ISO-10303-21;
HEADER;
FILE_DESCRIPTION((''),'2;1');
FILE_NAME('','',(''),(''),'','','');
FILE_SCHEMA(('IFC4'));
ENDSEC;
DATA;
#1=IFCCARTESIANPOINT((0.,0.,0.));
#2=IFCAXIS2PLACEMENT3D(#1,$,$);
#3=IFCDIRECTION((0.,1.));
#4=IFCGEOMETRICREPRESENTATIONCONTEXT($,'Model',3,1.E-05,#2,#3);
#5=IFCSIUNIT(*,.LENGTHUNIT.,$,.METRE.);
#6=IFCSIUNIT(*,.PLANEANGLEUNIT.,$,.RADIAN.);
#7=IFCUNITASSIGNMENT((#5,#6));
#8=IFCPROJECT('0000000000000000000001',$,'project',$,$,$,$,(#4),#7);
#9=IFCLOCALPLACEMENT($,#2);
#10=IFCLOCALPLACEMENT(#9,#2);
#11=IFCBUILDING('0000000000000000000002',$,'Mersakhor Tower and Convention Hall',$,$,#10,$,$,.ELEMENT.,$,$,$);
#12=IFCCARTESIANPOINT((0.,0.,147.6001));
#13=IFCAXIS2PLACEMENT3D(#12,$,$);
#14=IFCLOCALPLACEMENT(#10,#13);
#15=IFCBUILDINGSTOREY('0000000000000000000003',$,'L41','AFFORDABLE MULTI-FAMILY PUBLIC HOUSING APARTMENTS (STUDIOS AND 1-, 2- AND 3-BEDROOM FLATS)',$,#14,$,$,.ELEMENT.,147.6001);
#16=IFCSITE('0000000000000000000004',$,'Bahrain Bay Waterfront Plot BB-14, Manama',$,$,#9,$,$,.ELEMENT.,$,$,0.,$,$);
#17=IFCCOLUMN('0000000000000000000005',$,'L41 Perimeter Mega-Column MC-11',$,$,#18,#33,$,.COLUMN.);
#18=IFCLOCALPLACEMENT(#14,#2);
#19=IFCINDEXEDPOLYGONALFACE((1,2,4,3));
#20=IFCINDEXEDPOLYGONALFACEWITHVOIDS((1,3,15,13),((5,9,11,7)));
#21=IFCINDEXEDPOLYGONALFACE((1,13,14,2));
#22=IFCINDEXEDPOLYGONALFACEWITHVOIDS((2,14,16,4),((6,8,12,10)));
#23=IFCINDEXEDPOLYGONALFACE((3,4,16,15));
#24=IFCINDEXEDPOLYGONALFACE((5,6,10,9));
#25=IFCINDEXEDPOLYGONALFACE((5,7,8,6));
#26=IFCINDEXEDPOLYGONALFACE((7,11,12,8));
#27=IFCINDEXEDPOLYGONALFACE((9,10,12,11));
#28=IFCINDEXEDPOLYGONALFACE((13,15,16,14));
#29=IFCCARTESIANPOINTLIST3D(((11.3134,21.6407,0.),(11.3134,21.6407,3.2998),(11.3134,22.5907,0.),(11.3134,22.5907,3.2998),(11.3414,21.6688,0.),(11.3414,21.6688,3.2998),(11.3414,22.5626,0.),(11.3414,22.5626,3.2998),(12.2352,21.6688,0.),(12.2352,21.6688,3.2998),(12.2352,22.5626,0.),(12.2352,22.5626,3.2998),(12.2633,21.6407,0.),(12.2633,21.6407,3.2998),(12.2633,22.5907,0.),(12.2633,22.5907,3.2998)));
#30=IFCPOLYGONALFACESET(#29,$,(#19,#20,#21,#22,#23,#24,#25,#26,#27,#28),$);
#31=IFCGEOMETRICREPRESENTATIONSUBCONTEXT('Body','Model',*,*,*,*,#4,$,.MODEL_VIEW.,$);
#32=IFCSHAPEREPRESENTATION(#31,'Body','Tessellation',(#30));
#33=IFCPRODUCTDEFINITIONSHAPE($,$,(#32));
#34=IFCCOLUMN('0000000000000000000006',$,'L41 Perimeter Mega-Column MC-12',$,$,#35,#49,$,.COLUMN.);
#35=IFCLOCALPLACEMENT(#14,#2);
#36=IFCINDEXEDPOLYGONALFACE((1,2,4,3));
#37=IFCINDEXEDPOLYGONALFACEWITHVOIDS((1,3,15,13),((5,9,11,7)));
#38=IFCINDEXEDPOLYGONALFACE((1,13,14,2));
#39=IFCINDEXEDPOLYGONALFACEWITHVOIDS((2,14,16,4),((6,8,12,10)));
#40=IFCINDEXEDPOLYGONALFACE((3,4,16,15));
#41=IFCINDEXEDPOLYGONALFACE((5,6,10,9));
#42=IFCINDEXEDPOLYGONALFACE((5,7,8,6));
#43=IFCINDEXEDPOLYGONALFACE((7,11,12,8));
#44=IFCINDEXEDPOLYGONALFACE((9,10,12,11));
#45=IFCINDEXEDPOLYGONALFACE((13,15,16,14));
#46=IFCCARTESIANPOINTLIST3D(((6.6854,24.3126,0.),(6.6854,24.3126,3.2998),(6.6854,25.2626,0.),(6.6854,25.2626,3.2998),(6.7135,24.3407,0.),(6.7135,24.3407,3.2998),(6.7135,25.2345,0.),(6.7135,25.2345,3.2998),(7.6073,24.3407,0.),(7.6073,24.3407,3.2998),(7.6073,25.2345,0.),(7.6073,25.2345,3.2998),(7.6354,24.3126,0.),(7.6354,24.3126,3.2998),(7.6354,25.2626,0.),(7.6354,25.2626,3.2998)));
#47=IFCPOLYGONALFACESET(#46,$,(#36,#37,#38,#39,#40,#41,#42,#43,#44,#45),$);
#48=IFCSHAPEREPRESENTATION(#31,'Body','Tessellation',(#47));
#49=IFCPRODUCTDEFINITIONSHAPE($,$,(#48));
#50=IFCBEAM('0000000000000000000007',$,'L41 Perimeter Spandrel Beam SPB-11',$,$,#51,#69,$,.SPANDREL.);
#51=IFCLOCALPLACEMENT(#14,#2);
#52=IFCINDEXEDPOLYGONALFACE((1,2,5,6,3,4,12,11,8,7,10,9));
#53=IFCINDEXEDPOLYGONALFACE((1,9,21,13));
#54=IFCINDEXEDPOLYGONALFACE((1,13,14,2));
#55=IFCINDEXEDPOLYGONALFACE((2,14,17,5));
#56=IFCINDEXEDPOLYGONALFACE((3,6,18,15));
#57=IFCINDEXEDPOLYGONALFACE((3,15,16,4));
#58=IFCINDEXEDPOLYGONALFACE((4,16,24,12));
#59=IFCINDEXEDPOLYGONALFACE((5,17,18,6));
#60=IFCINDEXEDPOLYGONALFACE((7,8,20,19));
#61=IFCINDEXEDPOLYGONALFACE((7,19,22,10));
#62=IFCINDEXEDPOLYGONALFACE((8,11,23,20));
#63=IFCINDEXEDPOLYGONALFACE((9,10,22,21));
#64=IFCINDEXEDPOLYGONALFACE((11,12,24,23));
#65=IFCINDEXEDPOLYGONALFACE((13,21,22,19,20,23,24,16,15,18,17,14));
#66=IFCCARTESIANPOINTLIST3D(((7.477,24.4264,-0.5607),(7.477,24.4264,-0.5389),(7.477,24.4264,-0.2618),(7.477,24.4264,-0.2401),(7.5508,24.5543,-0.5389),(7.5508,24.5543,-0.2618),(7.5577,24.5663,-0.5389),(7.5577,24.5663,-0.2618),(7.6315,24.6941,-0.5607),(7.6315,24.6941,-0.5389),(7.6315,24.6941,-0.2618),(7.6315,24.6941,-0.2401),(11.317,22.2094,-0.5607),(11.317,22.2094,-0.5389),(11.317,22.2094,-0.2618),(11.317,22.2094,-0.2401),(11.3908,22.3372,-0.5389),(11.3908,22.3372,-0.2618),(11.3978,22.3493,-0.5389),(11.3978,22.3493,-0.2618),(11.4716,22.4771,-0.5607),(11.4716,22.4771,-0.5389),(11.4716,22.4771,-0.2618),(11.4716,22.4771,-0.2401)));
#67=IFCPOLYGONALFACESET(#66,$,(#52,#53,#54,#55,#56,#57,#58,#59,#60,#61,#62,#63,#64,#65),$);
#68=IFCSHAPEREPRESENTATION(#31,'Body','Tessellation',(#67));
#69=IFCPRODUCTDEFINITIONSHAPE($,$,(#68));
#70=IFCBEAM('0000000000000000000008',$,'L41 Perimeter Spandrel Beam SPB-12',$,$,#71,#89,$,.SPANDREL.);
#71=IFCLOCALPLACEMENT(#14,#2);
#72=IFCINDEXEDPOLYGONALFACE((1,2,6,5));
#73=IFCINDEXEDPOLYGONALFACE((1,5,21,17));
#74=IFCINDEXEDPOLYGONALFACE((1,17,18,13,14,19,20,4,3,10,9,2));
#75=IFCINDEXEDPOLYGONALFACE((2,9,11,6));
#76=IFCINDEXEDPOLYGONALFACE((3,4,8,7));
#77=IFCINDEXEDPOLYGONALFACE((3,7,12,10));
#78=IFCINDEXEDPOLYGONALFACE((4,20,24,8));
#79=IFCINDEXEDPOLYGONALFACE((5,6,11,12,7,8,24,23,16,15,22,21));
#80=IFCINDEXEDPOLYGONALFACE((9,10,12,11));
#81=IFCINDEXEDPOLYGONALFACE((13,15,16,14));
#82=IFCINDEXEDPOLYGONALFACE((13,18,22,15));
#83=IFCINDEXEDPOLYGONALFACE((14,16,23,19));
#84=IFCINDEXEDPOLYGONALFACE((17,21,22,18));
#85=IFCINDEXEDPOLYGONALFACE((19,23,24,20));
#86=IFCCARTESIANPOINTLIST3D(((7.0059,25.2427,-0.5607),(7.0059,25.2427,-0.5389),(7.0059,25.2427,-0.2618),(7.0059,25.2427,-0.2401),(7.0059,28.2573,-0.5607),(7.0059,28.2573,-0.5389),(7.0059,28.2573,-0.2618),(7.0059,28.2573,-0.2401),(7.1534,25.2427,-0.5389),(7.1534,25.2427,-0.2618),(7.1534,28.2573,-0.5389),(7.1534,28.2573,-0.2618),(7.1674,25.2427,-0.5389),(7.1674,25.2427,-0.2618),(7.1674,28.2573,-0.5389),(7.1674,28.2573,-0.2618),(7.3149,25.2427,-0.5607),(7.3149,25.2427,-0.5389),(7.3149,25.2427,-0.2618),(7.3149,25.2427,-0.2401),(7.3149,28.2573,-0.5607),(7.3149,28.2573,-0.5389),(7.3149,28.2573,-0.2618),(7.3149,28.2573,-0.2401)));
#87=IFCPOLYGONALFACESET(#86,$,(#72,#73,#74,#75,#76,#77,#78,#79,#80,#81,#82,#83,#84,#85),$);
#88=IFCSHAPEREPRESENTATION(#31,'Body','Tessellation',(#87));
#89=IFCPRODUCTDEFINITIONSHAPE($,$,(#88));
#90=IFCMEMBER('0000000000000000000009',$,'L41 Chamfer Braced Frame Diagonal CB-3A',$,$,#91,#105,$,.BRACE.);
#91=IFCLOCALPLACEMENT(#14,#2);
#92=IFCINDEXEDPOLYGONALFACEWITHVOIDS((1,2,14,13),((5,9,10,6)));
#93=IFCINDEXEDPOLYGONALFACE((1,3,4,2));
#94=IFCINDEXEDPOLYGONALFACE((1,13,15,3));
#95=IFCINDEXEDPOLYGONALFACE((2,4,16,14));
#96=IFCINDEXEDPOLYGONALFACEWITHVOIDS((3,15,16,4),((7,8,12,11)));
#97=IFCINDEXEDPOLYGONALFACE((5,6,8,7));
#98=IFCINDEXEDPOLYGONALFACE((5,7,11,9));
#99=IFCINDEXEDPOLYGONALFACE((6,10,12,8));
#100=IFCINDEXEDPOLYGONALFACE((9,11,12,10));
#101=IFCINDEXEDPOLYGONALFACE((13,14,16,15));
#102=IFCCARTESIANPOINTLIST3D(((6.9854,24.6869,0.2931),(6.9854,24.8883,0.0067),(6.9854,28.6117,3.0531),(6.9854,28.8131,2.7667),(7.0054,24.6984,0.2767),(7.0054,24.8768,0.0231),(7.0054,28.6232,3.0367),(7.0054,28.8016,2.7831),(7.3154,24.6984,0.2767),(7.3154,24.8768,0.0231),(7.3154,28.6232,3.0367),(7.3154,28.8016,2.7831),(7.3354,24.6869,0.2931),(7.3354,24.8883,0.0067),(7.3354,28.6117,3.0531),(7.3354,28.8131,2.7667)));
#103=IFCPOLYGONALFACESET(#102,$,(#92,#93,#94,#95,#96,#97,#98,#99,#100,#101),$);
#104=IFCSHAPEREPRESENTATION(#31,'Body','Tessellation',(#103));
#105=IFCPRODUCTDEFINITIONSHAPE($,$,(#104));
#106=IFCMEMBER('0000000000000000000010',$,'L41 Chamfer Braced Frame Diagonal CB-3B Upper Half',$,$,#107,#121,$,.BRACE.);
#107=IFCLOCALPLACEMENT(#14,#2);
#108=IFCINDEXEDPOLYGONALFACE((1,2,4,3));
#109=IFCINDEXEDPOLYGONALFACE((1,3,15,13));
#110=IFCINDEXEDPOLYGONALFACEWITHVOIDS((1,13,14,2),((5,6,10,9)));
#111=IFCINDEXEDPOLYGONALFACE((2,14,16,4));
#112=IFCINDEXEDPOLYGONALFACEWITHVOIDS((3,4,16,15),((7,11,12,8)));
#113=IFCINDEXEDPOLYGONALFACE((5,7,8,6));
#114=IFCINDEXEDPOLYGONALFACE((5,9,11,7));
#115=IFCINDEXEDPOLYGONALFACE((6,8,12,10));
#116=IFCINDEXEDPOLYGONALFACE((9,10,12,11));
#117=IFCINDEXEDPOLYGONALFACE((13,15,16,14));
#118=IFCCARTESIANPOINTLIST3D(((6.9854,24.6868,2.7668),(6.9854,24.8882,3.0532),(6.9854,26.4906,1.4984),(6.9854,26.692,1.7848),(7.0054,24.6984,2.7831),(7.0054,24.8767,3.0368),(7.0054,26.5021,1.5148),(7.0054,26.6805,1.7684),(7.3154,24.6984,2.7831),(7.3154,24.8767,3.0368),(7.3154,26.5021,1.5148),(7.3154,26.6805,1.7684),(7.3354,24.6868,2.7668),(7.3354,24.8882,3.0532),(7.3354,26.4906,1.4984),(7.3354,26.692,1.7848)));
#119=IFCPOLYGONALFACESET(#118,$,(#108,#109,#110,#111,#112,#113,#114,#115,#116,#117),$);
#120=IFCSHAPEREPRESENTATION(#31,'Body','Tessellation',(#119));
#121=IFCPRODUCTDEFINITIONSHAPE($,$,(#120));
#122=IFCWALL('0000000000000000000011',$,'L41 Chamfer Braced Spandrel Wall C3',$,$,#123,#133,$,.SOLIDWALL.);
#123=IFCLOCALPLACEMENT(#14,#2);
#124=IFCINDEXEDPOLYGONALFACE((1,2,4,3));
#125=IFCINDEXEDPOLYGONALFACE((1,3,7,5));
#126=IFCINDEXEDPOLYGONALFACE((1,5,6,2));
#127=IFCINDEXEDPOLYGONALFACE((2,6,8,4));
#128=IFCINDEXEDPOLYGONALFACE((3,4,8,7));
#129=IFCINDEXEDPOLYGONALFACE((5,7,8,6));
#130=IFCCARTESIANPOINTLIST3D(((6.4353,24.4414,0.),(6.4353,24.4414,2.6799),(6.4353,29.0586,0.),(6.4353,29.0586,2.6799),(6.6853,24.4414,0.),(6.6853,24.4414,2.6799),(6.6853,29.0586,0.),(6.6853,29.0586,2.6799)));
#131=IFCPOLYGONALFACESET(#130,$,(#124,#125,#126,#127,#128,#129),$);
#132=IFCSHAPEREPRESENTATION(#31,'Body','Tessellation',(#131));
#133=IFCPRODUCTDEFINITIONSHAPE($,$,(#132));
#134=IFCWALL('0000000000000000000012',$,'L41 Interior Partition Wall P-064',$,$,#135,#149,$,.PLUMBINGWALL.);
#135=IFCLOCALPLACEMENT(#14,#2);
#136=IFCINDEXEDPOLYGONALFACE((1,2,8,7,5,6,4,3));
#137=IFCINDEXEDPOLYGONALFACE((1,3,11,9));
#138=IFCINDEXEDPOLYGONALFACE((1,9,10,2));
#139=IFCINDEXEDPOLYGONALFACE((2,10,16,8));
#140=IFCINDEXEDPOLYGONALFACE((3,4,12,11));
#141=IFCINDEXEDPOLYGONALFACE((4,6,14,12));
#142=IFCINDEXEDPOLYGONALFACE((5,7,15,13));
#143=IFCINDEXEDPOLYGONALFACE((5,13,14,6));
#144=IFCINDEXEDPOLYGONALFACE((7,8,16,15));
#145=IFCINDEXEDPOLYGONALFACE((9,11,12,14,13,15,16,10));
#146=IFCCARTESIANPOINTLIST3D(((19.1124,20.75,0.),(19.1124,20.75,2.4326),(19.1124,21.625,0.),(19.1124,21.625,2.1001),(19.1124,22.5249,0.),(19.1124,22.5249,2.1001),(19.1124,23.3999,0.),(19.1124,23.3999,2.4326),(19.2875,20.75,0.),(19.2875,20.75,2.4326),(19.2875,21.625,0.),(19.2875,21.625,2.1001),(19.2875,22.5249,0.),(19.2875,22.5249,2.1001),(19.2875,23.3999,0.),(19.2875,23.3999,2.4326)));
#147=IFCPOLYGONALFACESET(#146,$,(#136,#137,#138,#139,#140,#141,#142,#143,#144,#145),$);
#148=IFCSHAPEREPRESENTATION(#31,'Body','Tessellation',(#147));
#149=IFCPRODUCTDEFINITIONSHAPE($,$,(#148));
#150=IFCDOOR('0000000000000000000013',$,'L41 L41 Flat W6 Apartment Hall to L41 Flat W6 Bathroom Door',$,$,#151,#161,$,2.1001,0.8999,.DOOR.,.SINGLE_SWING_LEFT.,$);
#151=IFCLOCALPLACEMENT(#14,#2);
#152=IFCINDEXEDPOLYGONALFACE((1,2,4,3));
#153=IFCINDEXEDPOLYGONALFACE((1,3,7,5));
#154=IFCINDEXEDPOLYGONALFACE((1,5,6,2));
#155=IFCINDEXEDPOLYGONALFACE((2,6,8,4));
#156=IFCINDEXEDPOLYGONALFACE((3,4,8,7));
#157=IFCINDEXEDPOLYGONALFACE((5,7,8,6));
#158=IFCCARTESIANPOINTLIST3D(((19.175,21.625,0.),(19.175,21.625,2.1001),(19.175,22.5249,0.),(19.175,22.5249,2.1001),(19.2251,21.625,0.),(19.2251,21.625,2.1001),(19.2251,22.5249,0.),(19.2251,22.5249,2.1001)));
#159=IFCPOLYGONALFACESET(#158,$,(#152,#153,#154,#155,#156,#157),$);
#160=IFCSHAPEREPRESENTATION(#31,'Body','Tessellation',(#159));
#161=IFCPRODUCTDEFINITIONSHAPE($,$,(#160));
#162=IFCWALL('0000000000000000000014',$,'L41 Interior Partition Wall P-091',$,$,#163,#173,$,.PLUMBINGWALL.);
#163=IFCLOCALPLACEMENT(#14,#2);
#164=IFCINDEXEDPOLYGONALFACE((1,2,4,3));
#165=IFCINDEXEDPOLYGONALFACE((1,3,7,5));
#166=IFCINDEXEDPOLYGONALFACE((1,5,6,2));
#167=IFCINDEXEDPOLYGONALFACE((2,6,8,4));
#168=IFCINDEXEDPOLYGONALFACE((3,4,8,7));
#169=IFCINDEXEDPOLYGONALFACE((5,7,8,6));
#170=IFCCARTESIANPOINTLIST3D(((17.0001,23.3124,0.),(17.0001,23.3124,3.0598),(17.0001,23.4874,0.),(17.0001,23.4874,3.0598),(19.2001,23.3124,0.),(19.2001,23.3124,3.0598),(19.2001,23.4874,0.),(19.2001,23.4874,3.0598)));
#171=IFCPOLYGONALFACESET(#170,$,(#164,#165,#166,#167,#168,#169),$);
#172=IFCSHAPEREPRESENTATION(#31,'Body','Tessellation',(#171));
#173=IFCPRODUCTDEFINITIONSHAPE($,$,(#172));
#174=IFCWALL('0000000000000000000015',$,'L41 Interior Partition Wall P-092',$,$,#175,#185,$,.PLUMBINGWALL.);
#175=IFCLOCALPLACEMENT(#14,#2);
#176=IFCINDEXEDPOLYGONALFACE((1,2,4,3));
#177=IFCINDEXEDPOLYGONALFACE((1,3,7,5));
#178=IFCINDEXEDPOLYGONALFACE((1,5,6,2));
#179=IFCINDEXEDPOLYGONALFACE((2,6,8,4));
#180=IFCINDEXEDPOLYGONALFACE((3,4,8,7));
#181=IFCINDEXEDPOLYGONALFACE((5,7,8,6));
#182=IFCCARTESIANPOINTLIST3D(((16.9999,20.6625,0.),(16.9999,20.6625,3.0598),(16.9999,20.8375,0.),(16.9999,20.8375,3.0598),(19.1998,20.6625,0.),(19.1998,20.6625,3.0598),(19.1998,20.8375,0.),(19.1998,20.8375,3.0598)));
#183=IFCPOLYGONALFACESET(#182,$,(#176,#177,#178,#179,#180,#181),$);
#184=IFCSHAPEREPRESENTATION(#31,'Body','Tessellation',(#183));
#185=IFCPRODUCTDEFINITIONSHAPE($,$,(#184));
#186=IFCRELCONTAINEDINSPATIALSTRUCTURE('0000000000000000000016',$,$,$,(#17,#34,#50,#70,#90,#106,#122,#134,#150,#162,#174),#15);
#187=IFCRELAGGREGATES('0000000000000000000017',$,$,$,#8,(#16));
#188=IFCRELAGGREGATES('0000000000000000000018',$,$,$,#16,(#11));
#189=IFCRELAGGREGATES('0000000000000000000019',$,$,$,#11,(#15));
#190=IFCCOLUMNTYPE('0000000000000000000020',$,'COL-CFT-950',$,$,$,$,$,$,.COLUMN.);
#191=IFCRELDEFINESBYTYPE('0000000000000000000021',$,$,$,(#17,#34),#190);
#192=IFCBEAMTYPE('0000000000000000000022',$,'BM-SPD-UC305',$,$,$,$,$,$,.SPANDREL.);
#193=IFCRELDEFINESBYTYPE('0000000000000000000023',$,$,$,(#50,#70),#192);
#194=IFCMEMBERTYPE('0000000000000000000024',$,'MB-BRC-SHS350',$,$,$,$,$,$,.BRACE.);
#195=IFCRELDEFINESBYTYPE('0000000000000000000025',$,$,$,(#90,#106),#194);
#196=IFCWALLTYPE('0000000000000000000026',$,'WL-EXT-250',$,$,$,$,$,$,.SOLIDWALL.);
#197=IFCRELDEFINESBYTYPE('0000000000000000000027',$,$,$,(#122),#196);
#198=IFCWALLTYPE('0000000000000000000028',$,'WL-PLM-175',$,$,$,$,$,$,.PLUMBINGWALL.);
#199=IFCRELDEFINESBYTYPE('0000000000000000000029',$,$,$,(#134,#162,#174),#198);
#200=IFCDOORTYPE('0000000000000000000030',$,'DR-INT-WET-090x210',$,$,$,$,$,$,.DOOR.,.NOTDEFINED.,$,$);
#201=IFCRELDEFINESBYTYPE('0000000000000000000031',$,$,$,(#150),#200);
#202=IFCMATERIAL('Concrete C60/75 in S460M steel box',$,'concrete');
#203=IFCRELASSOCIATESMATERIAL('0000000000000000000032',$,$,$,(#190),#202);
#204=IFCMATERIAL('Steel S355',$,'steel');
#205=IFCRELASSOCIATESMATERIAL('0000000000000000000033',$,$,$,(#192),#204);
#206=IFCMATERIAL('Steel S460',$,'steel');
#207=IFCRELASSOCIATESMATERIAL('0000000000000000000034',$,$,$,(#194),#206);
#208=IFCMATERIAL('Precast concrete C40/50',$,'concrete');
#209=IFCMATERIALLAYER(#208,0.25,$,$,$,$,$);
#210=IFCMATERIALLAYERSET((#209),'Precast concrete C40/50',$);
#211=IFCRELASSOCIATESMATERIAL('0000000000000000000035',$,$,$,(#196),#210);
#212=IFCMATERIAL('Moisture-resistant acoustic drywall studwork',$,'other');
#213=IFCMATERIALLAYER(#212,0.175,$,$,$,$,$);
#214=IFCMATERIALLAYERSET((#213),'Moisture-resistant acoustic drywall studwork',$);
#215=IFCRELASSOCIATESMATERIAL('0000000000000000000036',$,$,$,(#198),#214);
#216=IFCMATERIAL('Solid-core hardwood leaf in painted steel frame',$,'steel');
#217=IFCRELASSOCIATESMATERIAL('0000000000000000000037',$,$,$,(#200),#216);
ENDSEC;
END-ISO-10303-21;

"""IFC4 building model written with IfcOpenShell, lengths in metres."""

from ifc_helpers import new_model, si_unit, direction, frame, frame_2d, origin, origin_2d, place, context, subcontext, project, spatial, rectangle, hollow_rectangle, i_section, extrude, material, layer, layer_set, material_profile, profile_set, type_object, element, fill, save


model = new_model("IFC4")

# Units and contexts
model_context = context("Model", 3, precision=1e-05, world=origin(), true_north=direction((0.0, 1.0)))
body_context = subcontext(model_context, "Body", "Model", "MODEL_VIEW")
ifc_project = project(units=[si_unit("LENGTHUNIT", "METRE"), si_unit("PLANEANGLEUNIT", "RADIAN")], contexts=[model_context])

# Site, building, storey
site_placement = place(None, origin())
site = spatial("IfcSite", under=ifc_project, at=site_placement, Name="Bahrain Bay Waterfront Plot BB-14, Manama", CompositionType="ELEMENT", RefElevation=0.0)
building_placement = place(site_placement, origin())
building = spatial("IfcBuilding", under=site, at=building_placement, Name="Mersakhor Tower and Convention Hall", CompositionType="ELEMENT")
storey_placement = place(building_placement, frame((0.0, 0.0, 147.6001)))
storey = spatial("IfcBuildingStorey", under=building, at=storey_placement, Name="L41", Description="AFFORDABLE MULTI-FAMILY PUBLIC HOUSING APARTMENTS (STUDIOS AND 1-, 2- AND 3-BEDROOM FLATS)", CompositionType="ELEMENT", Elevation=147.6001)

# Columns
ifc_material_1 = material(Name="Concrete C60/75 in S460M steel box", Category="concrete")
ifc_material_profile_1 = material_profile(ifc_material_1, hollow_rectangle(XDim=0.95, YDim=0.95, WallThickness=0.0281, at=origin_2d()), Name="SHS 950x950x28")
ifc_profile_set_1 = profile_set([ifc_material_profile_1], Name="Concrete C60/75 in S460M steel box")
column_type = type_object("IfcColumnType", Name="COL-CFT-950", PredefinedType="COLUMN", material=ifc_profile_set_1)
for number, where, z_axis, x_axis, name in (
    (1, (11.7883, 22.1157, 0.0), (0.0, 0.0, 1.0), (1.0, 0.0, 0.0), "L41 Perimeter Mega-Column MC-11"),
    (2, (7.1604, 24.7876, 0.0), (0.0, 0.0, 1.0), (1.0, 0.0, 0.0), "L41 Perimeter Mega-Column MC-12"),
):
    element("IfcColumn", number, at=place(storey_placement, frame(where, z_axis=z_axis, x_axis=x_axis)), inside=storey, type_object=column_type, Name=name, PredefinedType="COLUMN", context=body_context, shape_type="SweptSolid", body=[
        extrude(hollow_rectangle(XDim=0.95, YDim=0.95, WallThickness=0.0281, at=origin_2d()), origin(), (0.0, 0.0, 1.0), 3.2998),
    ])

# Beams
ifc_material_2 = material(Name="Steel S355", Category="steel")
ifc_material_profile_2 = material_profile(ifc_material_2, i_section(OverallWidth=0.3091, OverallDepth=0.3206, WebThickness=0.0139, FlangeThickness=0.0217, at=origin_2d()), Name="UC 305x305x137")
ifc_profile_set_2 = profile_set([ifc_material_profile_2], Name="Steel S355")
beam_type = type_object("IfcBeamType", Name="BM-SPD-UC305", PredefinedType="SPANDREL", material=ifc_profile_set_2)
beam_1_placement = place(storey_placement, frame((11.3943, 22.3433, -0.4004), z_axis=(-0.866029, 0.499994, 0.0), x_axis=(-0.499994, -0.866029, 0.0)))
element("IfcBeam", 3, at=beam_1_placement, inside=storey, type_object=beam_type, Name="L41 Perimeter Spandrel Beam SPB-11", PredefinedType="SPANDREL", context=body_context, shape_type="SweptSolid", body=[
    extrude(i_section(OverallWidth=0.3091, OverallDepth=0.3206, WebThickness=0.0139, FlangeThickness=0.0217, at=origin_2d()), origin(), (0.0, 0.0, 1.0), 4.4341),
])
beam_2_placement = place(storey_placement, frame((7.1604, 25.2427, -0.4004), z_axis=(0.0, 1.0, 0.0), x_axis=(-1.0, 0.0, 0.0)))
element("IfcBeam", 4, at=beam_2_placement, inside=storey, type_object=beam_type, Name="L41 Perimeter Spandrel Beam SPB-12", PredefinedType="SPANDREL", context=body_context, shape_type="SweptSolid", body=[
    extrude(i_section(OverallWidth=0.3091, OverallDepth=0.3206, WebThickness=0.0139, FlangeThickness=0.0217, at=origin_2d()), origin(), (0.0, 0.0, 1.0), 3.0146),
])

# Members
ifc_material_3 = material(Name="Steel S460", Category="steel")
ifc_material_profile_3 = material_profile(ifc_material_3, hollow_rectangle(XDim=0.3501, YDim=0.3501, WallThickness=0.02, at=origin_2d()), Name="SHS 350x350x20")
ifc_profile_set_3 = profile_set([ifc_material_profile_3], Name="Steel S460")
member_type = type_object("IfcMemberType", Name="MB-BRC-SHS350", PredefinedType="BRACE", material=ifc_profile_set_3)
member_1_placement = place(storey_placement, frame((7.1604, 24.7876, 0.1499), z_axis=(0.0, 0.817992, 0.57523), x_axis=(-1.0, 0.0, 0.0)))
element("IfcMember", 5, at=member_1_placement, inside=storey, type_object=member_type, Name="L41 Chamfer Braced Frame Diagonal CB-3A", PredefinedType="BRACE", context=body_context, shape_type="SweptSolid", body=[
    extrude(hollow_rectangle(XDim=0.3501, YDim=0.3501, WallThickness=0.02, at=origin_2d()), origin(), (0.0, 0.0, 1.0), 4.7981),
])
member_2_placement = place(storey_placement, frame((7.1604, 26.5913, 1.6416), z_axis=(0.0, -0.818013, 0.5752), x_axis=(1.0, 0.0, 0.0)))
element("IfcMember", 6, at=member_2_placement, inside=storey, type_object=member_type, Name="L41 Chamfer Braced Frame Diagonal CB-3B Upper Half", PredefinedType="BRACE", context=body_context, shape_type="SweptSolid", body=[
    extrude(hollow_rectangle(XDim=0.3501, YDim=0.3501, WallThickness=0.02, at=origin_2d()), origin(), (0.0, 0.0, 1.0), 2.2051),
])

# Wall
ifc_material_4 = material(Name="Precast concrete C40/50", Category="concrete")
ifc_layer_1 = layer(ifc_material_4, 0.25)
ifc_layer_set_1 = layer_set([ifc_layer_1], Name="Precast concrete C40/50")
wall_type_1 = type_object("IfcWallType", Name="WL-EXT-250", PredefinedType="SOLIDWALL", material=ifc_layer_set_1)
wall_1_placement = place(storey_placement, frame((6.5603, 24.4414, 0.0), z_axis=(0.0, 0.0, 1.0), x_axis=(0.0, 1.0, 0.0)))
element("IfcWall", 7, at=wall_1_placement, inside=storey, type_object=wall_type_1, Name="L41 Chamfer Braced Spandrel Wall C3", PredefinedType="SOLIDWALL", context=body_context, shape_type="SweptSolid", body=[
    extrude(rectangle(XDim=4.6172, YDim=0.25, at=frame_2d((2.3086, 0.0))), origin(), (0.0, 0.0, 1.0), 2.6799),
])

# Wall, opening, door
ifc_material_5 = material(Name="Moisture-resistant acoustic drywall studwork", Category="other")
ifc_layer_2 = layer(ifc_material_5, 0.175)
ifc_layer_set_2 = layer_set([ifc_layer_2], Name="Moisture-resistant acoustic drywall studwork")
wall_type_2 = type_object("IfcWallType", Name="WL-PLM-175", PredefinedType="PLUMBINGWALL", material=ifc_layer_set_2)
wall_2_placement = place(storey_placement, frame((19.2, 20.75, 0.0), z_axis=(0.0, 0.0, 1.0), x_axis=(0.0, 1.0, 0.0)))
wall_2 = element("IfcWall", 8, at=wall_2_placement, inside=storey, type_object=wall_type_2, Name="L41 Interior Partition Wall P-064", PredefinedType="PLUMBINGWALL", context=body_context, shape_type="SweptSolid", body=[
    extrude(rectangle(XDim=2.6499, YDim=0.175, at=frame_2d((1.325, 0.0))), origin(), (0.0, 0.0, 1.0), 2.4326),
])
opening_1_placement = place(wall_2_placement, frame((0.875, 0.0, 0.0)))
opening_1 = element("IfcOpeningElement", 9, at=opening_1_placement, cuts=wall_2, PredefinedType="OPENING", context=body_context, shape_type="SweptSolid", body=[
    extrude(rectangle(XDim=0.8999, YDim=2.1001, at=frame_2d((0.45, 1.05))), frame((0.0, 0.0974, 0.0), z_axis=(0.0, -1.0, 0.0), x_axis=(1.0, 0.0, 0.0)), (0.0, 0.0, 1.0), 0.1951),
])
ifc_material_6 = material(Name="Solid-core hardwood leaf in painted steel frame", Category="steel")
door_type_1 = type_object("IfcDoorType", Name="DR-INT-WET-090x210", OperationType="NOTDEFINED", PredefinedType="DOOR", material=ifc_material_6)
door_1_placement = place(opening_1_placement, origin())
door_1 = element("IfcDoor", 10, at=door_1_placement, inside=storey, type_object=door_type_1, Name="L41 L41 Flat W6 Apartment Hall to L41 Flat W6 Bathroom Door", OperationType="SINGLE_SWING_LEFT", OverallHeight=2.1001, OverallWidth=0.8999, PredefinedType="DOOR", context=body_context, shape_type="SweptSolid", body=[
    extrude(rectangle(XDim=0.8999, YDim=2.1001, at=frame_2d((0.45, 1.05))), frame((0.0, 0.0249, 0.0), z_axis=(0.0, -1.0, 0.0), x_axis=(1.0, 0.0, 0.0)), (0.0, 0.0, 1.0), 0.05),
])
fill(opening_1, door_1)

# Walls
for number, where, z_axis, x_axis, name in (
    (11, (17.0, 23.3999, 0.0), (0.0, 0.0, 1.0), (1.0, 0.0, 0.0), "L41 Interior Partition Wall P-091"),
    (12, (19.2, 20.75, 0.0), (0.0, 0.0, 1.0), (-1.0, 0.0, 0.0), "L41 Interior Partition Wall P-092"),
):
    element("IfcWall", number, at=place(storey_placement, frame(where, z_axis=z_axis, x_axis=x_axis)), inside=storey, type_object=wall_type_2, Name=name, PredefinedType="PLUMBINGWALL", context=body_context, shape_type="SweptSolid", body=[
        extrude(rectangle(XDim=2.2, YDim=0.175, at=frame_2d((1.1001, 0.0))), origin(), (0.0, 0.0, 1.0), 3.0598),
    ])

save(model, "model.ifc")
